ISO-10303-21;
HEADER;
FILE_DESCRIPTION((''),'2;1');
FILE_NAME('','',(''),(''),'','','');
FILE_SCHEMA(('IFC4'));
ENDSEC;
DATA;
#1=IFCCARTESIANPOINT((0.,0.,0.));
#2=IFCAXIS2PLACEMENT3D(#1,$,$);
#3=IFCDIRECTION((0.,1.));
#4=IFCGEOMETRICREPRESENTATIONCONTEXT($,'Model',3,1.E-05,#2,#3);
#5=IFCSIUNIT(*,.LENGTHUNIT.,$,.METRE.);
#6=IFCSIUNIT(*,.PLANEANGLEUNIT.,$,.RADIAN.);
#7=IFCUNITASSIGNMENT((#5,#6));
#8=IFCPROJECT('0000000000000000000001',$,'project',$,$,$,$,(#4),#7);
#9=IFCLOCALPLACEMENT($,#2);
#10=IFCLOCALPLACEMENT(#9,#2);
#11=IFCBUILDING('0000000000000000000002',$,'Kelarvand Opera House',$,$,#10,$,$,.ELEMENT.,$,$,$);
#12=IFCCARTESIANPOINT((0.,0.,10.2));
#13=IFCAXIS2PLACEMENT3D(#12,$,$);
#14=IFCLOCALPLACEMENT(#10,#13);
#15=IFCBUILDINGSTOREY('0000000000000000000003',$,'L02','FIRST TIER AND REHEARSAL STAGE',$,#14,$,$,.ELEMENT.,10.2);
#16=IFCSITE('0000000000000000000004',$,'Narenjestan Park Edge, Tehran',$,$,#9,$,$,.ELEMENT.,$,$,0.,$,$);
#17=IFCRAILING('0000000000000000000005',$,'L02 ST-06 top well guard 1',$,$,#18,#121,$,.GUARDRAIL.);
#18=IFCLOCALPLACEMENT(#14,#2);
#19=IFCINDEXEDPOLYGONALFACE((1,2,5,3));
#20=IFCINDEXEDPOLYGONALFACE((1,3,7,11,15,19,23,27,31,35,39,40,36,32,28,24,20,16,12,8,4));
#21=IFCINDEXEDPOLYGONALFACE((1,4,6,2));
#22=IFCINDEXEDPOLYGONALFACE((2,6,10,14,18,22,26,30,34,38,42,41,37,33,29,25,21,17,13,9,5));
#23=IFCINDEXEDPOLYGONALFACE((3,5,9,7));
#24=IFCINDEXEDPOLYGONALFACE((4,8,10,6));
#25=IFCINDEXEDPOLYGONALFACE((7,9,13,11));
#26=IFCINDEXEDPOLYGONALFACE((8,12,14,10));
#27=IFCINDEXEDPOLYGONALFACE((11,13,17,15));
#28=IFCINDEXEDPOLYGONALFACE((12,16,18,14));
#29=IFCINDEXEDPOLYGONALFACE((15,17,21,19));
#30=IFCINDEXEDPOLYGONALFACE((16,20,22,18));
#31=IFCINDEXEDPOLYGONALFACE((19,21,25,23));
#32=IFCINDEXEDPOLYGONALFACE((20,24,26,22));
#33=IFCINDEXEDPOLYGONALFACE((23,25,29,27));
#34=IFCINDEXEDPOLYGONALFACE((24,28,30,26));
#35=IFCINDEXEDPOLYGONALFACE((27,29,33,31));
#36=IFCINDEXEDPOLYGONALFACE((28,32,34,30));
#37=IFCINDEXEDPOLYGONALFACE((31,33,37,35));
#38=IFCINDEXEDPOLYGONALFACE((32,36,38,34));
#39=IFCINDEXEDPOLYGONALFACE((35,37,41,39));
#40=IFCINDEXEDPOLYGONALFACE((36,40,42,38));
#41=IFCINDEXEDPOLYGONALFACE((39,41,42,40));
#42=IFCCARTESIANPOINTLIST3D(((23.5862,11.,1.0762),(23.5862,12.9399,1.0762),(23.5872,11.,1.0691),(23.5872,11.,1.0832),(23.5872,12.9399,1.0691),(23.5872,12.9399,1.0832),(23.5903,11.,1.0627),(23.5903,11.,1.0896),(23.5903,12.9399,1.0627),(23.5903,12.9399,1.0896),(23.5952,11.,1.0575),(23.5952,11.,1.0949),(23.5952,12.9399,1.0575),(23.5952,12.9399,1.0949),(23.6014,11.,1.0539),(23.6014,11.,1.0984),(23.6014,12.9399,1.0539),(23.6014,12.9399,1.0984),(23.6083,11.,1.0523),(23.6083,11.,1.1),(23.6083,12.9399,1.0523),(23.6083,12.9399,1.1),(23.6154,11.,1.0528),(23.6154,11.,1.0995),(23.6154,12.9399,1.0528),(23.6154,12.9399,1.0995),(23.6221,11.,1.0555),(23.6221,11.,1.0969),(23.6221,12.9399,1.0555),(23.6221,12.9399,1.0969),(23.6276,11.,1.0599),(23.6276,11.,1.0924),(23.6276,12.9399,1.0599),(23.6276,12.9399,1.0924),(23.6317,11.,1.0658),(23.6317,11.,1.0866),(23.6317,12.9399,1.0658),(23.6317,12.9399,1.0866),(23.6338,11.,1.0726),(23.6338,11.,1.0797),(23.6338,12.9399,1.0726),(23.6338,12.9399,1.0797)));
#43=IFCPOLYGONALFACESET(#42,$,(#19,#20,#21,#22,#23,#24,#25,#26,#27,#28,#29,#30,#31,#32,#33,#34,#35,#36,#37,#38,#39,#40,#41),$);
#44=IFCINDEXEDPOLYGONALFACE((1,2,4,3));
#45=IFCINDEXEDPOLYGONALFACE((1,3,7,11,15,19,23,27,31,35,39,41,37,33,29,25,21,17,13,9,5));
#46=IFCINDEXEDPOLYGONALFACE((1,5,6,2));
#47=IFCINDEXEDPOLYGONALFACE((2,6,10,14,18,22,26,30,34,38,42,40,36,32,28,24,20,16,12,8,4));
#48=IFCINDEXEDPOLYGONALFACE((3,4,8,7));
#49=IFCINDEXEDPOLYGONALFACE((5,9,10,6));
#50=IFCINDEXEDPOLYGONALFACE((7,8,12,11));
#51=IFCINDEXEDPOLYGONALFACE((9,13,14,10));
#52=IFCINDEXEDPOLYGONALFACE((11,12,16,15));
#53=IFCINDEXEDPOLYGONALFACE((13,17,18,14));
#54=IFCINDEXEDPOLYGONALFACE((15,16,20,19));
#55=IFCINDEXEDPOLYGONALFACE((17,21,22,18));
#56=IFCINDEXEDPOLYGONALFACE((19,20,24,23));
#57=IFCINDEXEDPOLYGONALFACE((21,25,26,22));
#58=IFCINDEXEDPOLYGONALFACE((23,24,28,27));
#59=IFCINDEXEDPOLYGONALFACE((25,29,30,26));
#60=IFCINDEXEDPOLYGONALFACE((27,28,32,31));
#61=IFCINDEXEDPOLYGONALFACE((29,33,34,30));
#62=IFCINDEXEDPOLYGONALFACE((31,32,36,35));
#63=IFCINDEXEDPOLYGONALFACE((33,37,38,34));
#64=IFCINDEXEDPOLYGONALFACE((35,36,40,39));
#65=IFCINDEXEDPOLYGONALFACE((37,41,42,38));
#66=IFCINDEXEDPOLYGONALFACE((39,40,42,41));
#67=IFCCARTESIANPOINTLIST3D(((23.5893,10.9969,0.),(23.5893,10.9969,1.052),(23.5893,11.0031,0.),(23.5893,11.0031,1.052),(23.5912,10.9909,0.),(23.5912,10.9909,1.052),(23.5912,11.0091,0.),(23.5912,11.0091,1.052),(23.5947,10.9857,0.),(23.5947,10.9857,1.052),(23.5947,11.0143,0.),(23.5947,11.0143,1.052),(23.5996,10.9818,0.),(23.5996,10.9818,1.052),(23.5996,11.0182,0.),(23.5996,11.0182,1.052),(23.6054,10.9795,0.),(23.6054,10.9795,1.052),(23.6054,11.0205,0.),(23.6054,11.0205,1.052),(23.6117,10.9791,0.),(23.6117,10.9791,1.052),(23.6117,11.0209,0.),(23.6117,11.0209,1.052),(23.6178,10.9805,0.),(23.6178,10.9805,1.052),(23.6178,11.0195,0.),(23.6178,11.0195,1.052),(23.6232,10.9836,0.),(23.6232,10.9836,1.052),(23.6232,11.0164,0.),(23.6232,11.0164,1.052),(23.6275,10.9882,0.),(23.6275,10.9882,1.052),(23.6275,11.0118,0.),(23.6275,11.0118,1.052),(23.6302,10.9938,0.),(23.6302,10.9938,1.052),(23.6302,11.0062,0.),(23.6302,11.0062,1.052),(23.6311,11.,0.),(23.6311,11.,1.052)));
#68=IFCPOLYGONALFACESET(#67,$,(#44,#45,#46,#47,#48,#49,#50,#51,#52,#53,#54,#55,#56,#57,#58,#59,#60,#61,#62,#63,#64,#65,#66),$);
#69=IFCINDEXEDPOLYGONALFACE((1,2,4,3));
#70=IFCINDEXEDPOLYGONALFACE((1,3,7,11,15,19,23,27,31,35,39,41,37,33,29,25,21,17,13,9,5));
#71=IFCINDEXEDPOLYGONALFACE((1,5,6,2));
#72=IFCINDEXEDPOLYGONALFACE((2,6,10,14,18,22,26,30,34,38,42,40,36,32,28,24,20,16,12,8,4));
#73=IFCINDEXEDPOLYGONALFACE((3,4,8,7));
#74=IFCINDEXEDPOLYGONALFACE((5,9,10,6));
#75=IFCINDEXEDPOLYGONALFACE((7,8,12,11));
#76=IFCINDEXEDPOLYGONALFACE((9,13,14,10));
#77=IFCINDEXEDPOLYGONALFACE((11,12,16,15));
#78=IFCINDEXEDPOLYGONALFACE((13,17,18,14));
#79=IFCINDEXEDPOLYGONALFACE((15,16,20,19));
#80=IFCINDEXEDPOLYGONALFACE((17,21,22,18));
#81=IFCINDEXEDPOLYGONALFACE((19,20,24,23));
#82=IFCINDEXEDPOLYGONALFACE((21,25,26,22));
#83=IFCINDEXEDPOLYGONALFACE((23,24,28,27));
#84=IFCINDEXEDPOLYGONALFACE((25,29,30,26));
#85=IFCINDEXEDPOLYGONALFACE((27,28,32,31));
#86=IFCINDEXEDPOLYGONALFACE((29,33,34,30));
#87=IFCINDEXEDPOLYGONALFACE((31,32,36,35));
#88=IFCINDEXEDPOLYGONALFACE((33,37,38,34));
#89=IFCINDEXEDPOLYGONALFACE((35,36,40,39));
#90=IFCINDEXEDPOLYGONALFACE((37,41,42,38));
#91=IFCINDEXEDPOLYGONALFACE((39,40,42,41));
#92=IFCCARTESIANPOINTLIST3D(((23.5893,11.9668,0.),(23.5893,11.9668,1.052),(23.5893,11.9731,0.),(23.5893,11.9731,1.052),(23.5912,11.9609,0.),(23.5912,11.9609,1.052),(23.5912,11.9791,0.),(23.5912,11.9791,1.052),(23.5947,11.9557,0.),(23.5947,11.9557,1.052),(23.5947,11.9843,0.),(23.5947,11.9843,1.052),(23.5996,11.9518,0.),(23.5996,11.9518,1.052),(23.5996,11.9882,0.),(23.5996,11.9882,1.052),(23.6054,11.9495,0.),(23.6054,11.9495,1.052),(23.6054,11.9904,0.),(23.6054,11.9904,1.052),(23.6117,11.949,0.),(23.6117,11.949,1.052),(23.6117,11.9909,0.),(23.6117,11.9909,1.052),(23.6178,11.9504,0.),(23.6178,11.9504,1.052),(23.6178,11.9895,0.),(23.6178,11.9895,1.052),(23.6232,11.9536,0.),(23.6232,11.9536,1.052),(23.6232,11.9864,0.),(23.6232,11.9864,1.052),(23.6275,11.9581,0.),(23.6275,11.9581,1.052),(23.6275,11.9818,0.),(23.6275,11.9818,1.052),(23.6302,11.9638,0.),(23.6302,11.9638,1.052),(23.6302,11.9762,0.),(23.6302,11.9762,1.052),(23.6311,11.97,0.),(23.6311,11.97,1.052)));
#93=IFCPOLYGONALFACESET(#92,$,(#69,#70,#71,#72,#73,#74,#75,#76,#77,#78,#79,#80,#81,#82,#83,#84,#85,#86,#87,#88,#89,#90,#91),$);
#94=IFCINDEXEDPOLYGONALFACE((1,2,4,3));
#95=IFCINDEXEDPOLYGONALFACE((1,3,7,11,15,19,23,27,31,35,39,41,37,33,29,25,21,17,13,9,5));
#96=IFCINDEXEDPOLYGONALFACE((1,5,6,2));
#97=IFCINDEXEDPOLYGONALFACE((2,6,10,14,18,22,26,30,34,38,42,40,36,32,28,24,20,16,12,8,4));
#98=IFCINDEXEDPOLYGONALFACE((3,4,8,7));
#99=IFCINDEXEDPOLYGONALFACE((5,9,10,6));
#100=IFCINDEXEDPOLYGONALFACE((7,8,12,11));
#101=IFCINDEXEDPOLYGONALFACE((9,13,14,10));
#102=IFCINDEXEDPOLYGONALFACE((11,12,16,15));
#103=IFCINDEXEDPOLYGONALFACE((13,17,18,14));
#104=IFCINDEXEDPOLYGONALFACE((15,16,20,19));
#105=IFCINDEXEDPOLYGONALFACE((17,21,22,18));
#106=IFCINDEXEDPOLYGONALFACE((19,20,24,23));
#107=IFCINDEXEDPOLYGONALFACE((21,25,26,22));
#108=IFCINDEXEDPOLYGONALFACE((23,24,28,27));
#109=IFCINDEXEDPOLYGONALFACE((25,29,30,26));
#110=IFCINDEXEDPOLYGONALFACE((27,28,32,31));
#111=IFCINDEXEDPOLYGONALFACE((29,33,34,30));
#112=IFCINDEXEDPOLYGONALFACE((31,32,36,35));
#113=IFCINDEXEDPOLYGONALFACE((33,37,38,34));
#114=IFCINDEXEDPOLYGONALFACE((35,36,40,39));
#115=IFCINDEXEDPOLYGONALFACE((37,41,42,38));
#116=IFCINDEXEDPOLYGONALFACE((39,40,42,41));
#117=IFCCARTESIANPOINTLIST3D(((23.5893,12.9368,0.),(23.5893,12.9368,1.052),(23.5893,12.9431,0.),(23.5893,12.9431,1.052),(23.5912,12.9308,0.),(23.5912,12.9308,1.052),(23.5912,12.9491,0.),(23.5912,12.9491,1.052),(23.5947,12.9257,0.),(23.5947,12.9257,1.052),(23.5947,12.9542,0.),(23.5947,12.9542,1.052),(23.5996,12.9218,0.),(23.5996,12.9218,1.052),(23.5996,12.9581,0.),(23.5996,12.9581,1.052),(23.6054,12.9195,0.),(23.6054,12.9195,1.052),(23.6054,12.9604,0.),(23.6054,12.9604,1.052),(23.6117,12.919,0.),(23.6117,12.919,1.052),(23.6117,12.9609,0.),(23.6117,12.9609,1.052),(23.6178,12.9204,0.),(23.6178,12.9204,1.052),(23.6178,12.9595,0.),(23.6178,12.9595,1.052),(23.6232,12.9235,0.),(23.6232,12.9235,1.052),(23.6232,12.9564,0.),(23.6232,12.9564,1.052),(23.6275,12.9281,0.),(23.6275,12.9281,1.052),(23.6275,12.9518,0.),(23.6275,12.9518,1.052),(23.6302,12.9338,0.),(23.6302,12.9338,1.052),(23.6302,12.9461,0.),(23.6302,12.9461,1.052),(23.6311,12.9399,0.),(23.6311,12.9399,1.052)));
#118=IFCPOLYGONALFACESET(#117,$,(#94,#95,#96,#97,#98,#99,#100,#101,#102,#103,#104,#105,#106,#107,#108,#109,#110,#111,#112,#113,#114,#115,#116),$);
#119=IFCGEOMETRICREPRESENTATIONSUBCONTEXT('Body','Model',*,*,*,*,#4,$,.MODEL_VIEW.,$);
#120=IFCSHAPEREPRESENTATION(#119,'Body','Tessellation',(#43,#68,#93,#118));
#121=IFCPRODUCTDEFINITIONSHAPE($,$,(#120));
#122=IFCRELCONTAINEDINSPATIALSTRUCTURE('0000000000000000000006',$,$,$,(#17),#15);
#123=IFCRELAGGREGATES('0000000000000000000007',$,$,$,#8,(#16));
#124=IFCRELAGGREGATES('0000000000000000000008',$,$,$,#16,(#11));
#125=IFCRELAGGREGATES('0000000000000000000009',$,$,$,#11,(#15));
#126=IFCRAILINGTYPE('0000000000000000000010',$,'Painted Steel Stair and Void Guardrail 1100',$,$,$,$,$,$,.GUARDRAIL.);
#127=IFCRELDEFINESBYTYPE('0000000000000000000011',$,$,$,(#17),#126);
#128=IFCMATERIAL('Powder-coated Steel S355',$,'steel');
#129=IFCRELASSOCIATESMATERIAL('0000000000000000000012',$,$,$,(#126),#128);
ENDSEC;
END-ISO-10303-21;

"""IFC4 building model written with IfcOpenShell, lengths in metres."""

from ifc_helpers import new_model, si_unit, direction, frame, origin, origin_2d, place, context, subcontext, project, spatial, circle, extrude, material, type_object, element, save


model = new_model("IFC4")

# Units and contexts
model_context = context("Model", 3, precision=1e-05, world=origin(), true_north=direction((0.0, 1.0)))
body_context = subcontext(model_context, "Body", "Model", "MODEL_VIEW")
ifc_project = project(units=[si_unit("LENGTHUNIT", "METRE"), si_unit("PLANEANGLEUNIT", "RADIAN")], contexts=[model_context])

# Site, building, storey
site_placement = place(None, origin())
site = spatial("IfcSite", under=ifc_project, at=site_placement, Name="Narenjestan Park Edge, Tehran", CompositionType="ELEMENT", RefElevation=0.0)
building_placement = place(site_placement, origin())
building = spatial("IfcBuilding", under=site, at=building_placement, Name="Kelarvand Opera House", CompositionType="ELEMENT")
storey_placement = place(building_placement, frame((0.0, 0.0, 10.2)))
storey = spatial("IfcBuildingStorey", under=building, at=storey_placement, Name="L02", Description="FIRST TIER AND REHEARSAL STAGE", CompositionType="ELEMENT", Elevation=10.2)

# Railing
ifc_material_1 = material(Name="Powder-coated Steel S355", Category="steel")
railing_type = type_object("IfcRailingType", Name="Painted Steel Stair and Void Guardrail 1100", PredefinedType="GUARDRAIL", material=ifc_material_1)
railing_placement = place(storey_placement, frame((23.6101, 11.0, 0.0)))
element("IfcRailing", 1, at=railing_placement, inside=storey, type_object=railing_type, Name="L02 ST-06 top well guard 1", PredefinedType="GUARDRAIL", context=body_context, shape_type="SweptSolid", body=[
    extrude(circle(Radius=0.0239, at=origin_2d()), frame((0.0, 0.0, 1.0762), z_axis=(0.0, 1.0, 0.0), x_axis=(-1.0, 0.0, 0.0)), (0.0, 0.0, 1.0), 1.9399),
    extrude(circle(Radius=0.021, at=origin_2d()), origin(), (0.0, 0.0, 1.0), 1.052),
    extrude(circle(Radius=0.021, at=origin_2d()), frame((0.0, 0.97, 0.0)), (0.0, 0.0, 1.0), 1.052),
    extrude(circle(Radius=0.021, at=origin_2d()), frame((0.0, 1.9399, 0.0)), (0.0, 0.0, 1.0), 1.052),
])

save(model, "model.ifc")
